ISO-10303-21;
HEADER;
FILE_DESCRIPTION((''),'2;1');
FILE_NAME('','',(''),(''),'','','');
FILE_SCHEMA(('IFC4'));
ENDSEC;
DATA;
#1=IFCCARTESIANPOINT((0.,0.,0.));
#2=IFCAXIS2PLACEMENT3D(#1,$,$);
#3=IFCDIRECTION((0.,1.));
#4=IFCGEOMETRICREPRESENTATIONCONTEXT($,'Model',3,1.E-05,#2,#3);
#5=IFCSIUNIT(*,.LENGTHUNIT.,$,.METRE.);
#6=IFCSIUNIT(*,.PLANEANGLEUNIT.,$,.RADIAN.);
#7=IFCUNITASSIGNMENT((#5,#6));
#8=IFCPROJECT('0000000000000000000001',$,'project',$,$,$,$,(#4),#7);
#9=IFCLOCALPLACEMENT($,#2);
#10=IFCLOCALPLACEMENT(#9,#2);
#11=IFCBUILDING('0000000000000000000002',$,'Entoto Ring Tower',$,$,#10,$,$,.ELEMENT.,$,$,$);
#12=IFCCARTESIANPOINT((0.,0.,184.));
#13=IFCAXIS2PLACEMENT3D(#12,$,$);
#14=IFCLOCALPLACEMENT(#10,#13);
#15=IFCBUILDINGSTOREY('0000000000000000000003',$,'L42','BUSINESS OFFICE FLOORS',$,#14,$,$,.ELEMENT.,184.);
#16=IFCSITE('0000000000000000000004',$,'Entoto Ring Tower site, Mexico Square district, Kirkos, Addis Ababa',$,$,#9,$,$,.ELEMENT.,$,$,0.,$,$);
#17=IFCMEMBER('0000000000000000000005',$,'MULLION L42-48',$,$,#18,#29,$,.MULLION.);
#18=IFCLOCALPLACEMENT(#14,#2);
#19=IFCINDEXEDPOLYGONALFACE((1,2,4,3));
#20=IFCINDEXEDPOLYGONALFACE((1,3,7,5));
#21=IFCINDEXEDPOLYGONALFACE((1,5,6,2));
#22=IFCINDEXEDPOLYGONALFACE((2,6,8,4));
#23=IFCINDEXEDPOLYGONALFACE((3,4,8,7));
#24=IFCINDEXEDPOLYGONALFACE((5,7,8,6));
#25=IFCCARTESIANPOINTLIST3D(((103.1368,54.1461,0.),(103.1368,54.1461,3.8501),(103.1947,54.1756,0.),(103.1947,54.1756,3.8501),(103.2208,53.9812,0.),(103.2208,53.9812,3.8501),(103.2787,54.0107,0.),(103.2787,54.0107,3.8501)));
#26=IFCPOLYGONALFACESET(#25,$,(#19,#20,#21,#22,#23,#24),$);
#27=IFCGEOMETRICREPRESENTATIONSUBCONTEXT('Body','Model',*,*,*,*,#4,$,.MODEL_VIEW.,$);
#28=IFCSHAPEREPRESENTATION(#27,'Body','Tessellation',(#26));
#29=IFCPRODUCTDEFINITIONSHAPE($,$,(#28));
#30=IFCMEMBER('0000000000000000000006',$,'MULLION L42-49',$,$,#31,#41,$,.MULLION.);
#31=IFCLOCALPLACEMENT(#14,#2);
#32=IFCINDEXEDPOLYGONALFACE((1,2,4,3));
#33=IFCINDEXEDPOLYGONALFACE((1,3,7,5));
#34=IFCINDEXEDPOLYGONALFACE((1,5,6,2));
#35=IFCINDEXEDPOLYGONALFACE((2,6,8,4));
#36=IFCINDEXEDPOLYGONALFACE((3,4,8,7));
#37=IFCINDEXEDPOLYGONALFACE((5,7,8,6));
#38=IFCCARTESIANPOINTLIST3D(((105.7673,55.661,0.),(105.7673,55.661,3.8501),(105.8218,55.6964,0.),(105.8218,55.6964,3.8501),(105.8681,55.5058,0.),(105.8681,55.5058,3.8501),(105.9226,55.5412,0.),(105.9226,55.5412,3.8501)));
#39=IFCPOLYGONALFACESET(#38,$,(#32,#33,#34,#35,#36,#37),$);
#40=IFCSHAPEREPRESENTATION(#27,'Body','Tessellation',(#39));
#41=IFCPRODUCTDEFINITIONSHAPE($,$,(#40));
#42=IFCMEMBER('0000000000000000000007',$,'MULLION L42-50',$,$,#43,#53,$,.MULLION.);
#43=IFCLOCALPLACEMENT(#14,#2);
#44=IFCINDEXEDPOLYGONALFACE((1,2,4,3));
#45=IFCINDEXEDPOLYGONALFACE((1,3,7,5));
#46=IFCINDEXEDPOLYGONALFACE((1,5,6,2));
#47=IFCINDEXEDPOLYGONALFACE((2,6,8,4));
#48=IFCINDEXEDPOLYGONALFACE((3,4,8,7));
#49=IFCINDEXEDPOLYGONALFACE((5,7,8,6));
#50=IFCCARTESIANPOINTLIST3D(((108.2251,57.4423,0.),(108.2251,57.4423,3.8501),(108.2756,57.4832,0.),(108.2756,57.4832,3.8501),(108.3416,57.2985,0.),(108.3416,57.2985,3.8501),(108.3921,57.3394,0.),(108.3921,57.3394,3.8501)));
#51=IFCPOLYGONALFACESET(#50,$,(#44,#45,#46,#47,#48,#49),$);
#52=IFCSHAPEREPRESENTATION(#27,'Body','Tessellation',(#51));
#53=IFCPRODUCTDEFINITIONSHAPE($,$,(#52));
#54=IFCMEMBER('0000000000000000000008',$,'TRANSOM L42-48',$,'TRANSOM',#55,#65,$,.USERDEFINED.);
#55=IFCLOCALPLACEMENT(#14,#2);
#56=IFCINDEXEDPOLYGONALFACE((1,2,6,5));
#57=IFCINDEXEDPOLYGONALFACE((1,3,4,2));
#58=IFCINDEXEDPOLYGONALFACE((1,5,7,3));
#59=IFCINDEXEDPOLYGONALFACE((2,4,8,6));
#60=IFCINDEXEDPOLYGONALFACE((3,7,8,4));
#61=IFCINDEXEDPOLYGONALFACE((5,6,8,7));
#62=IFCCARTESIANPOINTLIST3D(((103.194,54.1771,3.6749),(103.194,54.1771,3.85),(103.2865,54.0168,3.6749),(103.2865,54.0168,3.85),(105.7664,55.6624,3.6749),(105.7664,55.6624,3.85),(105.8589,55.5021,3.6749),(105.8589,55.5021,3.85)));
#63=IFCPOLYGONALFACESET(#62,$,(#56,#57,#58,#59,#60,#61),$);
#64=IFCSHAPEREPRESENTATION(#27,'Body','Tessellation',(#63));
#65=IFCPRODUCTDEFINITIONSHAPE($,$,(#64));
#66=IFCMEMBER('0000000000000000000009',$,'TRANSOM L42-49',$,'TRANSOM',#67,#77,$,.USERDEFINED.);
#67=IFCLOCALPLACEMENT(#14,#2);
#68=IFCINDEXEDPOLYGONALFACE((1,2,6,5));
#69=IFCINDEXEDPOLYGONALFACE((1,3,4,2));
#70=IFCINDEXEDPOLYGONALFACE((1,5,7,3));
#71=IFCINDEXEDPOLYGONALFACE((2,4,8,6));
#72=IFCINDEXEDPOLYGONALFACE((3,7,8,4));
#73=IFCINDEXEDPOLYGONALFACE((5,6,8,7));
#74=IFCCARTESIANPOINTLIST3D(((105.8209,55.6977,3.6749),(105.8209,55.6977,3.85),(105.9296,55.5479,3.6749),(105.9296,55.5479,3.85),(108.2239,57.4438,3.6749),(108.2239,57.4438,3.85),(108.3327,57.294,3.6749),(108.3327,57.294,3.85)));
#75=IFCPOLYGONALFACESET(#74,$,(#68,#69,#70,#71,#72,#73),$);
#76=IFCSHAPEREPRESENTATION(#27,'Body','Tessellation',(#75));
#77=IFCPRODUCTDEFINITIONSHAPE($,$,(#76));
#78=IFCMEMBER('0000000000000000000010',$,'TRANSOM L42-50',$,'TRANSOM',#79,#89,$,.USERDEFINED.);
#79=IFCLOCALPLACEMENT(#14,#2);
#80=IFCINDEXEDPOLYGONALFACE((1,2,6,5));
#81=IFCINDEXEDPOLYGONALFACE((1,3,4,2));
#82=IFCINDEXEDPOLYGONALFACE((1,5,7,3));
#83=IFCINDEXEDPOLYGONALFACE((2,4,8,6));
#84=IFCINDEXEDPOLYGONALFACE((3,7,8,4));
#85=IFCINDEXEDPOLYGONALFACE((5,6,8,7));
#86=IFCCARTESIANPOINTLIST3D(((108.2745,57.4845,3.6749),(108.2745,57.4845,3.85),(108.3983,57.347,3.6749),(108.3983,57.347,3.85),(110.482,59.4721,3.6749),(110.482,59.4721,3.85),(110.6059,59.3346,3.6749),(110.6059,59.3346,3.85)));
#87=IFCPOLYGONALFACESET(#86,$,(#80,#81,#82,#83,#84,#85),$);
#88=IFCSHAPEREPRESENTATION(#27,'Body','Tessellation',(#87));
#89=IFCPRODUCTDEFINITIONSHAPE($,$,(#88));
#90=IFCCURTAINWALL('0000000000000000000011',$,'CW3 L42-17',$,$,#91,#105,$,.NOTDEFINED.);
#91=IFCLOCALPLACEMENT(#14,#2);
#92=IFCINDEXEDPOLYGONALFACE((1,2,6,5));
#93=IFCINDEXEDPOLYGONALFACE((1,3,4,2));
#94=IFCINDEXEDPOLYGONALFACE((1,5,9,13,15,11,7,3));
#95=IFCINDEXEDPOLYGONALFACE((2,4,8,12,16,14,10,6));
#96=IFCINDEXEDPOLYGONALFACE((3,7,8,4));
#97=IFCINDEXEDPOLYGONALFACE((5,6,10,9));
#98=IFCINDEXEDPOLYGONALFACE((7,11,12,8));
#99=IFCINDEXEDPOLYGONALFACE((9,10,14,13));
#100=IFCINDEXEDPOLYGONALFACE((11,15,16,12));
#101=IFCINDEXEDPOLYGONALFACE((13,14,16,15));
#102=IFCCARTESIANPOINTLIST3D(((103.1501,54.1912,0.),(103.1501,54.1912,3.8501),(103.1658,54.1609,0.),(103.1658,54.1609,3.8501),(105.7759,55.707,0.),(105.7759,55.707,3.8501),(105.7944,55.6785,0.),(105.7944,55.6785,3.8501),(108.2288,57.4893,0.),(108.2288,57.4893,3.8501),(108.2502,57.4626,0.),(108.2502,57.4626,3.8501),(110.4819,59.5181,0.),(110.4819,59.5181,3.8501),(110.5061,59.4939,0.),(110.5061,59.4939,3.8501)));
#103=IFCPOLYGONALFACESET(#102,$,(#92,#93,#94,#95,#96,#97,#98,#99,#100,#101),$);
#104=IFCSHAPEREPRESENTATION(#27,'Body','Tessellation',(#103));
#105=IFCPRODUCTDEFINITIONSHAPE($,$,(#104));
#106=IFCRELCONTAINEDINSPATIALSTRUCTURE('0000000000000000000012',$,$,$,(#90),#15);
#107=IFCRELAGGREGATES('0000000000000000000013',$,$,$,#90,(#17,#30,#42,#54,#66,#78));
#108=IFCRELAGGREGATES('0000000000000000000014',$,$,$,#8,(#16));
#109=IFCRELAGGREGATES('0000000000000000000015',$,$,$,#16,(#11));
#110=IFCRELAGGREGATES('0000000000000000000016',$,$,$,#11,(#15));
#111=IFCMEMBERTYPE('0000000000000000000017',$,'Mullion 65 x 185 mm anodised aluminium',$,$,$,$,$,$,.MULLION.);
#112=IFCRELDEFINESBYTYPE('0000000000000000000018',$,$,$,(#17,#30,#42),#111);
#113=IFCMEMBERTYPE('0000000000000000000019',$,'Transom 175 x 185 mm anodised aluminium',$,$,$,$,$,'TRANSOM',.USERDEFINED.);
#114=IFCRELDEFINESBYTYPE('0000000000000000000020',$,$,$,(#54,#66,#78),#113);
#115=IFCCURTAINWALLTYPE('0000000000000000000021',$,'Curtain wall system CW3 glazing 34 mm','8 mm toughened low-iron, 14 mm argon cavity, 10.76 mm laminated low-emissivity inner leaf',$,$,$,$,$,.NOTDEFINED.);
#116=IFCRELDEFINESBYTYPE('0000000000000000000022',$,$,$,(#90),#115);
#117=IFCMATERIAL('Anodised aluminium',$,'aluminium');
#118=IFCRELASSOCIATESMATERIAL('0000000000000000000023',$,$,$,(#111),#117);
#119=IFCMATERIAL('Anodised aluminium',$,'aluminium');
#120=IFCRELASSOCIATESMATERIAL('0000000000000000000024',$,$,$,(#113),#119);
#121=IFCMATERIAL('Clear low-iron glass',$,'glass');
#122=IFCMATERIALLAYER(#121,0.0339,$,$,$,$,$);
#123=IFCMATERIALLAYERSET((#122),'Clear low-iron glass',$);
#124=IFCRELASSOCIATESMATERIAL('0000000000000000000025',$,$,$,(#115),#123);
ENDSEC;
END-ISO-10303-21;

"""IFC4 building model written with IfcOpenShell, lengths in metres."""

from ifc_helpers import new_model, si_unit, direction, frame, origin, origin_2d, place, context, subcontext, project, spatial, polyline, rectangle, outline, extrude, material, layer, layer_set, material_profile, profile_set, type_object, element, aggregate, save


model = new_model("IFC4")

# Units and contexts
model_context = context("Model", 3, precision=1e-05, world=origin(), true_north=direction((0.0, 1.0)))
body_context = subcontext(model_context, "Body", "Model", "MODEL_VIEW")
ifc_project = project(units=[si_unit("LENGTHUNIT", "METRE"), si_unit("PLANEANGLEUNIT", "RADIAN")], contexts=[model_context])

# Members
ifc_material_1 = material(Name="Anodised aluminium", Category="aluminium")
ifc_material_profile_1 = material_profile(ifc_material_1, rectangle(XDim=0.0649, YDim=0.1851, at=origin_2d()), Name="Mullion 65 x 185 mm anodised aluminium")
ifc_profile_set_1 = profile_set([ifc_material_profile_1], Name="Anodised aluminium")
member_type_1 = type_object("IfcMemberType", Name="Mullion 65 x 185 mm anodised aluminium", PredefinedType="MULLION", material=ifc_profile_set_1)
site_placement = place(None, origin())
building_placement = place(site_placement, origin())
storey_placement = place(building_placement, frame((0.0, 0.0, 184.0)))
member_1_placement = place(storey_placement, frame((103.2078, 54.0784, 0.0), z_axis=(0.0, 0.0, 1.0), x_axis=(0.891007, 0.45399, 0.0)))
member_1 = element("IfcMember", 1, at=member_1_placement, type_object=member_type_1, Name="MULLION L42-48", PredefinedType="MULLION", context=body_context, shape_type="SweptSolid", body=[
    extrude(rectangle(XDim=0.0649, YDim=0.1851, at=origin_2d()), origin(), (0.0, 0.0, 1.0), 3.8501),
])
member_2_placement = place(storey_placement, frame((105.845, 55.6011, 0.0), z_axis=(0.0, 0.0, 1.0), x_axis=(0.838671, 0.544639, 0.0)))
member_2 = element("IfcMember", 2, at=member_2_placement, type_object=member_type_1, Name="MULLION L42-49", PredefinedType="MULLION", context=body_context, shape_type="SweptSolid", body=[
    extrude(rectangle(XDim=0.0649, YDim=0.1851, at=origin_2d()), origin(), (0.0, 0.0, 1.0), 3.8501),
])
member_3_placement = place(storey_placement, frame((108.3086, 57.3909, 0.0), z_axis=(0.0, 0.0, 1.0), x_axis=(0.777146, 0.62932, 0.0)))
member_3 = element("IfcMember", 3, at=member_3_placement, type_object=member_type_1, Name="MULLION L42-50", PredefinedType="MULLION", context=body_context, shape_type="SweptSolid", body=[
    extrude(rectangle(XDim=0.0649, YDim=0.1851, at=origin_2d()), origin(), (0.0, 0.0, 1.0), 3.8501),
])
ifc_material_2 = material(Name="Anodised aluminium", Category="aluminium")
ifc_material_profile_2 = material_profile(ifc_material_2, rectangle(XDim=0.1851, YDim=0.175, at=origin_2d()), Name="Transom 175 x 185 mm anodised aluminium")
ifc_profile_set_2 = profile_set([ifc_material_profile_2], Name="Anodised aluminium")
member_type_2 = type_object("IfcMemberType", Name="Transom 175 x 185 mm anodised aluminium", ElementType="TRANSOM", PredefinedType="USERDEFINED", material=ifc_profile_set_2)
member_4_placement = place(storey_placement, frame((103.2402, 54.0969, 3.7625), z_axis=(0.866009, 0.500028, 0.0), x_axis=(-0.500028, 0.866009, 0.0)))
member_4 = element("IfcMember", 4, at=member_4_placement, type_object=member_type_2, Name="TRANSOM L42-48", ObjectType="TRANSOM", PredefinedType="USERDEFINED", context=body_context, shape_type="SweptSolid", body=[
    extrude(rectangle(XDim=0.1851, YDim=0.175, at=origin_2d()), origin(), (0.0, 0.0, 1.0), 2.9705),
])
member_5_placement = place(storey_placement, frame((105.8752, 55.6228, 3.7625), z_axis=(0.808992, 0.58782, 0.0), x_axis=(-0.58782, 0.808992, 0.0)))
member_5 = element("IfcMember", 5, at=member_5_placement, type_object=member_type_2, Name="TRANSOM L42-49", ObjectType="TRANSOM", PredefinedType="USERDEFINED", context=body_context, shape_type="SweptSolid", body=[
    extrude(rectangle(XDim=0.1851, YDim=0.175, at=origin_2d()), origin(), (0.0, 0.0, 1.0), 2.9705),
])
member_6_placement = place(storey_placement, frame((108.3364, 57.4158, 3.7625), z_axis=(0.743163, 0.66911, 0.0), x_axis=(-0.66911, 0.743163, 0.0)))
member_6 = element("IfcMember", 6, at=member_6_placement, type_object=member_type_2, Name="TRANSOM L42-50", ObjectType="TRANSOM", PredefinedType="USERDEFINED", context=body_context, shape_type="SweptSolid", body=[
    extrude(rectangle(XDim=0.1851, YDim=0.175, at=origin_2d()), origin(), (0.0, 0.0, 1.0), 2.9705),
])

# Site, building, storey
site = spatial("IfcSite", under=ifc_project, at=site_placement, Name="Entoto Ring Tower site, Mexico Square district, Kirkos, Addis Ababa", CompositionType="ELEMENT", RefElevation=0.0)
building = spatial("IfcBuilding", under=site, at=building_placement, Name="Entoto Ring Tower", CompositionType="ELEMENT")
storey = spatial("IfcBuildingStorey", under=building, at=storey_placement, Name="L42", Description="BUSINESS OFFICE FLOORS", CompositionType="ELEMENT", Elevation=184.0)

# Curtain wall
ifc_material_3 = material(Name="Clear low-iron glass", Category="glass")
ifc_layer_1 = layer(ifc_material_3, 0.0339)
ifc_layer_set_1 = layer_set([ifc_layer_1], Name="Clear low-iron glass")
curtain_wall_type = type_object("IfcCurtainWallType", Name="Curtain wall system CW3 glazing 34 mm", Description="8 mm toughened low-iron, 14 mm argon cavity, 10.76 mm laminated low-emissivity inner leaf", PredefinedType="NOTDEFINED", material=ifc_layer_set_1)
curtain_wall_1_placement = place(storey_placement, origin())
curtain_wall_1 = element("IfcCurtainWall", 7, at=curtain_wall_1_placement, inside=storey, type_object=curtain_wall_type, Name="CW3 L42-17", PredefinedType="NOTDEFINED", context=body_context, shape_type="SweptSolid", body=[
    extrude(outline(polyline([(103.1658, 54.1609), (105.7944, 55.6785), (108.2502, 57.4626), (110.5061, 59.4939), (110.4819, 59.5181), (108.2288, 57.4893), (105.7759, 55.707), (103.1501, 54.1912), (103.1658, 54.1609)])), origin(), (0.0, 0.0, 1.0), 3.8501),
])
aggregate(curtain_wall_1, [member_1, member_2, member_3, member_4, member_5, member_6])

save(model, "model.ifc")
